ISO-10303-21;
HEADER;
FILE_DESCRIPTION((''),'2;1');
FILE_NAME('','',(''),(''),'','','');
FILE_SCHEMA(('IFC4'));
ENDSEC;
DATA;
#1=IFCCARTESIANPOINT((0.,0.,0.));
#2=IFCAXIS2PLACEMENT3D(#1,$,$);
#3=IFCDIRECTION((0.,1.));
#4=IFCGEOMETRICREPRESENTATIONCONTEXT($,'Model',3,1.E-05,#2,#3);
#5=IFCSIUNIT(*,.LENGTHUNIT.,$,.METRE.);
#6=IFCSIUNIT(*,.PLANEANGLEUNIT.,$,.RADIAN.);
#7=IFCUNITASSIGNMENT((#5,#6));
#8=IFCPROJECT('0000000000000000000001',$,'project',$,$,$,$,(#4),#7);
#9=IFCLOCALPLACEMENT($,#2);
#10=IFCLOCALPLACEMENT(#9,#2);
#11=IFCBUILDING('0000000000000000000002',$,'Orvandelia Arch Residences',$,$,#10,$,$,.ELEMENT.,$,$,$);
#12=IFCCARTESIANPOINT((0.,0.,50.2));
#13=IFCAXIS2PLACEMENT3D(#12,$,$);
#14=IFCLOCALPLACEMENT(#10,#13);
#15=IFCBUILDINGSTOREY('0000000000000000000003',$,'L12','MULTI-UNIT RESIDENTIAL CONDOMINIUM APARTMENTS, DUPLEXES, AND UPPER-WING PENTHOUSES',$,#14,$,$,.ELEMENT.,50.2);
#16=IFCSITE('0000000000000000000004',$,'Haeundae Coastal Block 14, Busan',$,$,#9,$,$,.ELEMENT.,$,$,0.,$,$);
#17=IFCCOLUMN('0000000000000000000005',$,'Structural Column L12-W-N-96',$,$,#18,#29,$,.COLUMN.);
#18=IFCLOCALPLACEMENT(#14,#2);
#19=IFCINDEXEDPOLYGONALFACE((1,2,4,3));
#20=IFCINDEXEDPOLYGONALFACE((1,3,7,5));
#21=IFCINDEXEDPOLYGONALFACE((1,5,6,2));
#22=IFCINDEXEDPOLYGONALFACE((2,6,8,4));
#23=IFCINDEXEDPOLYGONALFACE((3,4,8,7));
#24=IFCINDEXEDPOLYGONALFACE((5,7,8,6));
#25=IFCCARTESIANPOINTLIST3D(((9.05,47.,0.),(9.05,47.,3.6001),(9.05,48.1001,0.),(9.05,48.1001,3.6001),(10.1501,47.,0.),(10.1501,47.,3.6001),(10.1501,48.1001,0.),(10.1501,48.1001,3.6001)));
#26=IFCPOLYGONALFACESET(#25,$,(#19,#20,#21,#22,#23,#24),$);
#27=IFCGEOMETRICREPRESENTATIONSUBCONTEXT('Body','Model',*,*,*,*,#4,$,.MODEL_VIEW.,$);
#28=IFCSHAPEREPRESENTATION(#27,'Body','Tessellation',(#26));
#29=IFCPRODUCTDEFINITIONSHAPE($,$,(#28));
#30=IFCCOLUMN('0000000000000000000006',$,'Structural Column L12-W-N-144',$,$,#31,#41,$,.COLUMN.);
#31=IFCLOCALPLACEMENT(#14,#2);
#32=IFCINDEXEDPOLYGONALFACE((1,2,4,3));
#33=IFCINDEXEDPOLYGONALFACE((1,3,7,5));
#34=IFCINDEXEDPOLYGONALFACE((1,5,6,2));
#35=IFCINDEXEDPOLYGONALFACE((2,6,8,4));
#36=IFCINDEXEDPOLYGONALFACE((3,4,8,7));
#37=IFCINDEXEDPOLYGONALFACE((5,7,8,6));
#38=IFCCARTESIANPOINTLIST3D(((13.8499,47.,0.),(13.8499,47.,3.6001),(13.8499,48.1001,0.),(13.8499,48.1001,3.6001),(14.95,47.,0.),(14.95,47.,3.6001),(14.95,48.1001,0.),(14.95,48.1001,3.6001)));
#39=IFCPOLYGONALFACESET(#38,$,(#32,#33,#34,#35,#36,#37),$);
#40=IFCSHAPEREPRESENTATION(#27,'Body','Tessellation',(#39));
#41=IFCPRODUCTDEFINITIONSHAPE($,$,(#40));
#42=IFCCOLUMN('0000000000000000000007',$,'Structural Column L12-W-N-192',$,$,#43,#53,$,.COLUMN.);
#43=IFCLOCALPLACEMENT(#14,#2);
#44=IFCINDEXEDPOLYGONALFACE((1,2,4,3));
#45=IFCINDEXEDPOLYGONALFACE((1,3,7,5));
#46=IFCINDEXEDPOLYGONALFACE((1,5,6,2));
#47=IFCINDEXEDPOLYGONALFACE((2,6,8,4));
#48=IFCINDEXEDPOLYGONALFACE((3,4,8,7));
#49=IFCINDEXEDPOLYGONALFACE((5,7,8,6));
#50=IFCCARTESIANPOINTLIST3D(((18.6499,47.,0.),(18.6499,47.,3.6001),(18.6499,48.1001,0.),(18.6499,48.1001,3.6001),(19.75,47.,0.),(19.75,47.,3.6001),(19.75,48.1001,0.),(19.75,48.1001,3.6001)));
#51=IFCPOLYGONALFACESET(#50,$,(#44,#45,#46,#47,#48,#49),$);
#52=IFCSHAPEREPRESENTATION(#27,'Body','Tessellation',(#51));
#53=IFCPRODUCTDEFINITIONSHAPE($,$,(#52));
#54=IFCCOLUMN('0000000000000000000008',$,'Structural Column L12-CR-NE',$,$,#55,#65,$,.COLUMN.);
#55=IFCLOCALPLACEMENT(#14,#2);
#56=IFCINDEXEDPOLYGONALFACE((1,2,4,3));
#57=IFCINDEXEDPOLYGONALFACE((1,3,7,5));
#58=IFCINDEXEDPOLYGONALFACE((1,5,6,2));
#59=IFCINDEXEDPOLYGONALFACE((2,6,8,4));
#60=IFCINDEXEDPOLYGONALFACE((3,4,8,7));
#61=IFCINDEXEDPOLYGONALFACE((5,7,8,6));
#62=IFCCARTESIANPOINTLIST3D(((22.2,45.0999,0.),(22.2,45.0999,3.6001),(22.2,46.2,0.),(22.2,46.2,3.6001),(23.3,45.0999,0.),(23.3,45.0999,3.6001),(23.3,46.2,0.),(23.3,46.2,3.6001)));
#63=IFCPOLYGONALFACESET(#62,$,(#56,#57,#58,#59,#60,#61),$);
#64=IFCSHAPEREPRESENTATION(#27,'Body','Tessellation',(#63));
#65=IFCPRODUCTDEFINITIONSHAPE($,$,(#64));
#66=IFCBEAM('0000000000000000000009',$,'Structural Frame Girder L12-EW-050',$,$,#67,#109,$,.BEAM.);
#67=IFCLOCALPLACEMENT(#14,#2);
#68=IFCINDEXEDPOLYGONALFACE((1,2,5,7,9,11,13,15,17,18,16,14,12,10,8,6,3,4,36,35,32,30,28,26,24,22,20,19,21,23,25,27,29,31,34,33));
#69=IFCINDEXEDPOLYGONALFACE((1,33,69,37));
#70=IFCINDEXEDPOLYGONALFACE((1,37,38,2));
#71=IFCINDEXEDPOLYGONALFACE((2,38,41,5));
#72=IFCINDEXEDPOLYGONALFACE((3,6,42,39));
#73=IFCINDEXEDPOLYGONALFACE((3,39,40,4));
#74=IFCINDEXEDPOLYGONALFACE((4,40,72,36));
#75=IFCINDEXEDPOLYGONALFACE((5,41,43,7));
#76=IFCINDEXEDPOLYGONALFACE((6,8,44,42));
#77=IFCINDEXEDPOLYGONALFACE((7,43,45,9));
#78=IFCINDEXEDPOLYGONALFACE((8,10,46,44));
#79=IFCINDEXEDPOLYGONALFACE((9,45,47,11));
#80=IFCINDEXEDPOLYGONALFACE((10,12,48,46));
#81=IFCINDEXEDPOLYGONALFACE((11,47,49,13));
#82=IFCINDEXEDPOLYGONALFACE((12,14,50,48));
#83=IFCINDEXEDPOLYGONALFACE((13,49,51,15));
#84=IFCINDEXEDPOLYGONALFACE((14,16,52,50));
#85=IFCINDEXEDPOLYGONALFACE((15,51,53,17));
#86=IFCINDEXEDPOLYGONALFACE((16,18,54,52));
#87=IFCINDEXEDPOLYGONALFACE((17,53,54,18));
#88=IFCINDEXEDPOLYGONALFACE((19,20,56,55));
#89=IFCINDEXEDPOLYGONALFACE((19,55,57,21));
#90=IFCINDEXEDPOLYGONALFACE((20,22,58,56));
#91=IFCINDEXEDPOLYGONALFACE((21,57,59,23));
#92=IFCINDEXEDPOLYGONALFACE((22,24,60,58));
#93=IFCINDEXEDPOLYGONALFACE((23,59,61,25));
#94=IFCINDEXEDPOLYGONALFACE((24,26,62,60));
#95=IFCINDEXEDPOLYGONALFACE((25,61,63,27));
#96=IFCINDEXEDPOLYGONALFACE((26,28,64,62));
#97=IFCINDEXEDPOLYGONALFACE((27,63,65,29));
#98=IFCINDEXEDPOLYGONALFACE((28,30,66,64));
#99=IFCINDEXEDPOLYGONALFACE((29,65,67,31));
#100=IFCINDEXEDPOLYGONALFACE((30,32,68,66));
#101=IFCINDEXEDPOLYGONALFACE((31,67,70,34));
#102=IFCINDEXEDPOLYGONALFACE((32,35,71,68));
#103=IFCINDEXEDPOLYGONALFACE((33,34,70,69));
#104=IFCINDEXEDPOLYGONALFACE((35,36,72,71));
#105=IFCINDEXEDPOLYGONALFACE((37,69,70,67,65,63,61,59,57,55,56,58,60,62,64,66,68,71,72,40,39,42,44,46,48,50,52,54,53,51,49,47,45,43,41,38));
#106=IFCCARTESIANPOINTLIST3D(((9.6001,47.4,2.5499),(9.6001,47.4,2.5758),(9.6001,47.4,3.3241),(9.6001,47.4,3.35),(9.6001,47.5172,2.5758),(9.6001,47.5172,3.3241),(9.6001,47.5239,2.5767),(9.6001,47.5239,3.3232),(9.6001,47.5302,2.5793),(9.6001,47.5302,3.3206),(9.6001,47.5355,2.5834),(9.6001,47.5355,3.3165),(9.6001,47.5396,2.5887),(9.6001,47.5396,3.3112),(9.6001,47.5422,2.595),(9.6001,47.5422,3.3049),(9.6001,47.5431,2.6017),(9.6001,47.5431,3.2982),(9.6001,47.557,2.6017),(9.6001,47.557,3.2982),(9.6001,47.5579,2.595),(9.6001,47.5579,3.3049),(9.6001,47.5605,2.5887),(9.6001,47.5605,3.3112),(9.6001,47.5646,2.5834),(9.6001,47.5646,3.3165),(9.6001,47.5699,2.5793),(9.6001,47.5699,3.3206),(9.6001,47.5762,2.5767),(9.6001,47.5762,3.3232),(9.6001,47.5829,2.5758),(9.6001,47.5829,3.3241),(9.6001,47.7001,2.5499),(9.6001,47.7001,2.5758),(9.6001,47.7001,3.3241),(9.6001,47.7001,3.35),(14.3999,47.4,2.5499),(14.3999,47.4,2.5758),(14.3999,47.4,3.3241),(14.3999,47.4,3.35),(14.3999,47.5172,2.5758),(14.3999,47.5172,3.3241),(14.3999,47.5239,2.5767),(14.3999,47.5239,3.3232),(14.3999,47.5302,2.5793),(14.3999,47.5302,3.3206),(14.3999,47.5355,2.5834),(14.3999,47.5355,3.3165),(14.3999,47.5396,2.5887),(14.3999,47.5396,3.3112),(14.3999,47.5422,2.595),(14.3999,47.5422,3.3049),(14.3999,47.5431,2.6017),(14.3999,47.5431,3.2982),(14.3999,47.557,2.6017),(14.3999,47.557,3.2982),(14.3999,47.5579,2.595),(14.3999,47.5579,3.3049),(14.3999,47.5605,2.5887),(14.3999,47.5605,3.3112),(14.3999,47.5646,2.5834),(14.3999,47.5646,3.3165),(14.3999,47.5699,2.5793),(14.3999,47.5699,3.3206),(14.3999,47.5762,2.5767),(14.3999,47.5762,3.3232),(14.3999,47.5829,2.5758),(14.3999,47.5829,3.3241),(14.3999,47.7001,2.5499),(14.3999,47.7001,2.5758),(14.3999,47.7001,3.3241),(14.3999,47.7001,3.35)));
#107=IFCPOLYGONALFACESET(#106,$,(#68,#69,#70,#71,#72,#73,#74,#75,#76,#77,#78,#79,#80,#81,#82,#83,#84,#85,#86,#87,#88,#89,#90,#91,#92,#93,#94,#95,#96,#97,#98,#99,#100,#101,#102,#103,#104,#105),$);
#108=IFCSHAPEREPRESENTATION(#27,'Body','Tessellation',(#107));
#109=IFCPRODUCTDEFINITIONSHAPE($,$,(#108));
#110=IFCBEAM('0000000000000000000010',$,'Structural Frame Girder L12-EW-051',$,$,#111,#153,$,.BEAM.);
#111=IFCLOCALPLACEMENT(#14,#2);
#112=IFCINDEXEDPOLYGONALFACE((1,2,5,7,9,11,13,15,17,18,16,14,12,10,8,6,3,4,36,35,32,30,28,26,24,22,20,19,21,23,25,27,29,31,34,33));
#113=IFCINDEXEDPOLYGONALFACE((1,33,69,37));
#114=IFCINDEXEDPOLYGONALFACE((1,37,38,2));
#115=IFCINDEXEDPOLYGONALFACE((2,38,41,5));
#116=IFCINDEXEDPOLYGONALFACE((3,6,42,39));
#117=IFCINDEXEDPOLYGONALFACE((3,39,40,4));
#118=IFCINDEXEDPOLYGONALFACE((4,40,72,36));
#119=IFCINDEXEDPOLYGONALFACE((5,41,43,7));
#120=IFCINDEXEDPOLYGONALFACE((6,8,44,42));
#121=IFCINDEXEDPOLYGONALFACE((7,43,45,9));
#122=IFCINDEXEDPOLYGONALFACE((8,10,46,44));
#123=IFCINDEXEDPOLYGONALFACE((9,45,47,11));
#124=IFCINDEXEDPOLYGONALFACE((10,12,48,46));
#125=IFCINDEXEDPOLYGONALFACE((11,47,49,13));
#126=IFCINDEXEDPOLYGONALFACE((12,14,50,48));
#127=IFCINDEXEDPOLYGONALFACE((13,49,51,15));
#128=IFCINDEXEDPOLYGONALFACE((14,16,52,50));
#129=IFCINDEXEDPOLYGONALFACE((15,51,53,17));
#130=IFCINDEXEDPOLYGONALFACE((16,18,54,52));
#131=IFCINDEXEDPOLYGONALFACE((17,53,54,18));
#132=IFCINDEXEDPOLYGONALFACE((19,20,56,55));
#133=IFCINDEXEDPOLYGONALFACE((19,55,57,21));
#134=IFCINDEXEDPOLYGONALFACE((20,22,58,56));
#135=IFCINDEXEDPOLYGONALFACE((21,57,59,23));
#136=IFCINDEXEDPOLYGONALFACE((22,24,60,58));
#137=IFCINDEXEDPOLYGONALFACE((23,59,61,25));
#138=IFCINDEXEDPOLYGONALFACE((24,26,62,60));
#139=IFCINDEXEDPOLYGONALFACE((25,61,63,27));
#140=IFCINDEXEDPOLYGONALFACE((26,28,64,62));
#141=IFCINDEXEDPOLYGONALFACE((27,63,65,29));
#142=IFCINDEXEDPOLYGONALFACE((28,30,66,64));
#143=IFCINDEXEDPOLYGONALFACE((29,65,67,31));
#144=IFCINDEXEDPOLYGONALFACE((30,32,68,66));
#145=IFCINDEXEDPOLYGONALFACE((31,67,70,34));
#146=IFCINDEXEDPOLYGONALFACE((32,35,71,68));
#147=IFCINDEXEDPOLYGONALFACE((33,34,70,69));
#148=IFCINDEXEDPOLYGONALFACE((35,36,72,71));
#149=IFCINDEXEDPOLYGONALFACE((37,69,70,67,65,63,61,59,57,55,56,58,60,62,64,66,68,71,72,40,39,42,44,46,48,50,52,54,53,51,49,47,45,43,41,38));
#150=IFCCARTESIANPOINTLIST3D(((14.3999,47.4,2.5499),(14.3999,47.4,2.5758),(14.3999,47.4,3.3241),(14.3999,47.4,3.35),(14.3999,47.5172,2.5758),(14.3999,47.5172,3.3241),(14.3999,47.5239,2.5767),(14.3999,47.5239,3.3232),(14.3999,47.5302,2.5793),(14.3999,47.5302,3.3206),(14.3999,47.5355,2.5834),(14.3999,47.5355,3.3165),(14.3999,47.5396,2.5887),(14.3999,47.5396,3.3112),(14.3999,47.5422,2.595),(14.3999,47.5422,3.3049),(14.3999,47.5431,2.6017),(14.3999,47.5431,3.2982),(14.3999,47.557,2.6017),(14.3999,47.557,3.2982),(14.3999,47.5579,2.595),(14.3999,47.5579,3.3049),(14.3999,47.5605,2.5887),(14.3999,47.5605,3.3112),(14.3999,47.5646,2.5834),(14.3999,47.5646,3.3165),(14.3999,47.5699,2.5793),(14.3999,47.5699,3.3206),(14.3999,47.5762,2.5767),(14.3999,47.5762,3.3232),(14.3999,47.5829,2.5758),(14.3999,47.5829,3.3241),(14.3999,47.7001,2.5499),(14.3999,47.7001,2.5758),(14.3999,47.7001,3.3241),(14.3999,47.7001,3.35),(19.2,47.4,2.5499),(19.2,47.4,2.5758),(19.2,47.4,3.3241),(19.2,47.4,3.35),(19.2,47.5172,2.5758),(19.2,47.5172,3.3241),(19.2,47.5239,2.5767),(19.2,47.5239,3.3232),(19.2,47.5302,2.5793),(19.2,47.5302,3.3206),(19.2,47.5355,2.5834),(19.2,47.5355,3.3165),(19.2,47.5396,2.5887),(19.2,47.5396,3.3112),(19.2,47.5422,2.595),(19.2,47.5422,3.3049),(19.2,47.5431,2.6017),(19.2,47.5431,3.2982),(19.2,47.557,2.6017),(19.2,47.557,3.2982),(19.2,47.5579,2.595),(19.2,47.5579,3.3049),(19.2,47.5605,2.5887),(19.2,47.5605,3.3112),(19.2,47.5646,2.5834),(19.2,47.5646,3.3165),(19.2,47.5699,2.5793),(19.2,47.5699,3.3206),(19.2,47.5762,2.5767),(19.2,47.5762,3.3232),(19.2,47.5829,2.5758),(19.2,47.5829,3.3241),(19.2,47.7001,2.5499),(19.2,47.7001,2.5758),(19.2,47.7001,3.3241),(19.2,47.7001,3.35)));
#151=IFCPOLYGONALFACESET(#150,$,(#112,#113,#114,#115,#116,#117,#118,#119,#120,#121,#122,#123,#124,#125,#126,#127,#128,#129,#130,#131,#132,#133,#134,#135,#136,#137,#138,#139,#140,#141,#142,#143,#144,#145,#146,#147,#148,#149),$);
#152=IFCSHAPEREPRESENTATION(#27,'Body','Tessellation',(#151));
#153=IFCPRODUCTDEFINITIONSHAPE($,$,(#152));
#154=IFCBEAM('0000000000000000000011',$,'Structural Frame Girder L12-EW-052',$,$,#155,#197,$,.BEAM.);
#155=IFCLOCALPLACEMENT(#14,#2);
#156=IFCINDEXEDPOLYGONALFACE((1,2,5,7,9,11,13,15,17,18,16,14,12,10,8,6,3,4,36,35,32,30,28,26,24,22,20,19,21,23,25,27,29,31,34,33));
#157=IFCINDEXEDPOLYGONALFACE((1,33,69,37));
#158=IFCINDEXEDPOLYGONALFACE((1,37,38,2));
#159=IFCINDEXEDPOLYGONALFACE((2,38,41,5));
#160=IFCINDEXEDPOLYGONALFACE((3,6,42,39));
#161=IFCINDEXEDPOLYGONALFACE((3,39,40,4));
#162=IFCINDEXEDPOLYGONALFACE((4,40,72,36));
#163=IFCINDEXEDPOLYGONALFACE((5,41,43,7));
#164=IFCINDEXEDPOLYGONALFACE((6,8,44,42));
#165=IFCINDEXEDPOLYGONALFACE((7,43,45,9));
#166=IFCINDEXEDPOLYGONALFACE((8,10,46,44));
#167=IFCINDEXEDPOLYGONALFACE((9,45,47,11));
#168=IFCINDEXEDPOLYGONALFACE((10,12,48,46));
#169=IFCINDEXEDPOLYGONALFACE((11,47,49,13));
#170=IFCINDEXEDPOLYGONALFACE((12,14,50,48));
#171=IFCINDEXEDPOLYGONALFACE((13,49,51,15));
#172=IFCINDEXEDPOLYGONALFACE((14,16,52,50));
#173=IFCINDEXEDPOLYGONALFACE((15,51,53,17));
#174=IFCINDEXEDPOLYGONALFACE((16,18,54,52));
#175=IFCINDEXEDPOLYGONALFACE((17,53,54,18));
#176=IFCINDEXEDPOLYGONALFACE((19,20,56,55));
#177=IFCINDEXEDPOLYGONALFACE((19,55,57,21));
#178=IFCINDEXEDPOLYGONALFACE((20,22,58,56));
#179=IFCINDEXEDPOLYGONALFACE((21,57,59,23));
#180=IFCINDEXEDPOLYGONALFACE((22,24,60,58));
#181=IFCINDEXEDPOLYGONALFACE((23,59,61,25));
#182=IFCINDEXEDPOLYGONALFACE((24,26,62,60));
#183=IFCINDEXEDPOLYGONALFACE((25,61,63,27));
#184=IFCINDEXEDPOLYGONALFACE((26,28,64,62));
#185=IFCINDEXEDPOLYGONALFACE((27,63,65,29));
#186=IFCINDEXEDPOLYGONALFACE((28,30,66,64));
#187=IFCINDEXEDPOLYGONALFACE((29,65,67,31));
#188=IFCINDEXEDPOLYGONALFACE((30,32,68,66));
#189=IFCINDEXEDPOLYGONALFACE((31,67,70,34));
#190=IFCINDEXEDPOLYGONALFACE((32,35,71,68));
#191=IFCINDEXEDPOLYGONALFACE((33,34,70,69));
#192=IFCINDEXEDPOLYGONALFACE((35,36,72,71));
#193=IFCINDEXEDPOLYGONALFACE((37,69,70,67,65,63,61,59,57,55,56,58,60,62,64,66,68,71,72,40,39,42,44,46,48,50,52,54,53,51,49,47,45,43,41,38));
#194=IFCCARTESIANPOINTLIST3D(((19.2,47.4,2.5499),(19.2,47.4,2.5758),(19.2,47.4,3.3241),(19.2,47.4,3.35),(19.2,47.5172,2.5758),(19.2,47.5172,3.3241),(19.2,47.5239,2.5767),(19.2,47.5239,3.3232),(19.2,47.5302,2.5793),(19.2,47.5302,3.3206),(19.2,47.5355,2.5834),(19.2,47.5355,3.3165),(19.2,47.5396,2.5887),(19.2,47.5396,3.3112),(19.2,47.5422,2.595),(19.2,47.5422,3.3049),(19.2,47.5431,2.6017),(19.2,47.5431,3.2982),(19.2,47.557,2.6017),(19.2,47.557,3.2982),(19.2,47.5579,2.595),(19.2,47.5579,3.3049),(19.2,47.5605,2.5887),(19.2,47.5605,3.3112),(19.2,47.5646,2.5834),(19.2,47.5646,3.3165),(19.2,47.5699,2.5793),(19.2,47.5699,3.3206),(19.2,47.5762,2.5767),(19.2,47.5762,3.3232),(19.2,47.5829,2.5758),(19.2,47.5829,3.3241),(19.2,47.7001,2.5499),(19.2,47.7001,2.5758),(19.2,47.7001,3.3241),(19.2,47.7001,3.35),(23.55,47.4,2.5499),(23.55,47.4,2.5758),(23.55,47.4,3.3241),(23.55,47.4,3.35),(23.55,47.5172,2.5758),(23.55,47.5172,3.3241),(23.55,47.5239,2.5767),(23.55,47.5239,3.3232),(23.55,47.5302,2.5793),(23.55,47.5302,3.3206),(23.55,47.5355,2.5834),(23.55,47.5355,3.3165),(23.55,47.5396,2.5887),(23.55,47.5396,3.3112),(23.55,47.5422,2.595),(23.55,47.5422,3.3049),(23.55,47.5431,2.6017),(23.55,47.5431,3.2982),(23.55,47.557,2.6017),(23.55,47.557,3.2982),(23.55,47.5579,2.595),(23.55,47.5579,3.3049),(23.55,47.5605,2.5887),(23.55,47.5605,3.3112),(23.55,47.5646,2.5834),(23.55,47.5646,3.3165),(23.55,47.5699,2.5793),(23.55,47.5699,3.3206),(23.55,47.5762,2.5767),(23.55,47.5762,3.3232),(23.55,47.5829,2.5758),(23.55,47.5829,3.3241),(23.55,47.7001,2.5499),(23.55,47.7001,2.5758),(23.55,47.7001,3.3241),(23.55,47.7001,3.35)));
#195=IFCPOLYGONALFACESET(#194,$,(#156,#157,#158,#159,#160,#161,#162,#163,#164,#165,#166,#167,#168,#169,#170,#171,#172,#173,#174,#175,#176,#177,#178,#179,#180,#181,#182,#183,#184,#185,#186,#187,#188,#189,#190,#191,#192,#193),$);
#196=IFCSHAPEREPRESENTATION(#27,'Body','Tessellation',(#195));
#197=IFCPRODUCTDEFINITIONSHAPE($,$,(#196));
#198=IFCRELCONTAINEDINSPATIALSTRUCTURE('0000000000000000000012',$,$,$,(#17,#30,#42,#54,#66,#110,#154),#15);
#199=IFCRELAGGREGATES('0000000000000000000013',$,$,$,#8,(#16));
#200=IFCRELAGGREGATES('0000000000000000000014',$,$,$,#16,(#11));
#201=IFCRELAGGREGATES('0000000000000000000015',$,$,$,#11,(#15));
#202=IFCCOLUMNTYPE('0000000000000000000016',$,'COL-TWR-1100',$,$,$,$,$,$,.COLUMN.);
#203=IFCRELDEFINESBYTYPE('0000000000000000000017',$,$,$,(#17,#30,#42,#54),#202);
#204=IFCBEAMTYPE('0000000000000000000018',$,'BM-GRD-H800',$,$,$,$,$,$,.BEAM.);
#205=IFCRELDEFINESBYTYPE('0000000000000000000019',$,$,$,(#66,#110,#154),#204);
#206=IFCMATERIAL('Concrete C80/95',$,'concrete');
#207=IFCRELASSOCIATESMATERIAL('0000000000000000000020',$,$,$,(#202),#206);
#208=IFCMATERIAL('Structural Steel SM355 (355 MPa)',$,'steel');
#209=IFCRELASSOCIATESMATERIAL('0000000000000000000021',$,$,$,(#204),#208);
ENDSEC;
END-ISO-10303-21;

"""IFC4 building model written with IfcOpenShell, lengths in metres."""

from ifc_helpers import new_model, si_unit, direction, frame, origin, origin_2d, place, context, subcontext, project, spatial, rectangle, i_section, extrude, material, material_profile, profile_set, type_object, element, save


model = new_model("IFC4")

# Units and contexts
model_context = context("Model", 3, precision=1e-05, world=origin(), true_north=direction((0.0, 1.0)))
body_context = subcontext(model_context, "Body", "Model", "MODEL_VIEW")
ifc_project = project(units=[si_unit("LENGTHUNIT", "METRE"), si_unit("PLANEANGLEUNIT", "RADIAN")], contexts=[model_context])

# Site, building, storey
site_placement = place(None, origin())
site = spatial("IfcSite", under=ifc_project, at=site_placement, Name="Haeundae Coastal Block 14, Busan", CompositionType="ELEMENT", RefElevation=0.0)
building_placement = place(site_placement, origin())
building = spatial("IfcBuilding", under=site, at=building_placement, Name="Orvandelia Arch Residences", CompositionType="ELEMENT")
storey_placement = place(building_placement, frame((0.0, 0.0, 50.2)))
storey = spatial("IfcBuildingStorey", under=building, at=storey_placement, Name="L12", Description="MULTI-UNIT RESIDENTIAL CONDOMINIUM APARTMENTS, DUPLEXES, AND UPPER-WING PENTHOUSES", CompositionType="ELEMENT", Elevation=50.2)

# Columns
ifc_material_1 = material(Name="Concrete C80/95", Category="concrete")
ifc_material_profile_1 = material_profile(ifc_material_1, rectangle(XDim=1.1001, YDim=1.1001, at=origin_2d()), Name="Concrete C80/95", Category="concrete")
ifc_profile_set_1 = profile_set([ifc_material_profile_1], Name="Concrete C80/95")
column_type = type_object("IfcColumnType", Name="COL-TWR-1100", PredefinedType="COLUMN", material=ifc_profile_set_1)
for number, where, z_axis, x_axis, name in (
    (1, (9.6001, 47.55, 0.0), (0.0, 0.0, 1.0), (1.0, 0.0, 0.0), "Structural Column L12-W-N-96"),
    (2, (14.3999, 47.55, 0.0), (0.0, 0.0, 1.0), (1.0, 0.0, 0.0), "Structural Column L12-W-N-144"),
    (3, (19.2, 47.55, 0.0), (0.0, 0.0, 1.0), (1.0, 0.0, 0.0), "Structural Column L12-W-N-192"),
    (4, (22.75, 45.6499, 0.0), (0.0, 0.0, 1.0), (1.0, 0.0, 0.0), "Structural Column L12-CR-NE"),
):
    element("IfcColumn", number, at=place(storey_placement, frame(where, z_axis=z_axis, x_axis=x_axis)), inside=storey, type_object=column_type, Name=name, PredefinedType="COLUMN", context=body_context, shape_type="SweptSolid", body=[
        extrude(rectangle(XDim=1.1001, YDim=1.1001, at=origin_2d()), origin(), (0.0, 0.0, 1.0), 3.6001),
    ])

# Beams
ifc_material_2 = material(Name="Structural Steel SM355 (355 MPa)", Category="steel")
ifc_material_profile_2 = material_profile(ifc_material_2, i_section(OverallWidth=0.3, OverallDepth=0.8, WebThickness=0.0139, FlangeThickness=0.0259, FilletRadius=0.0259, at=origin_2d()), Name="Structural Steel SM355 (355 MPa)", Category="steel")
ifc_profile_set_2 = profile_set([ifc_material_profile_2], Name="Structural Steel SM355 (355 MPa)")
beam_type = type_object("IfcBeamType", Name="BM-GRD-H800", PredefinedType="BEAM", material=ifc_profile_set_2)
beam_1_placement = place(storey_placement, frame((9.6001, 47.55, 2.95), z_axis=(1.0, 0.0, 0.0), x_axis=(0.0, 1.0, 0.0)))
element("IfcBeam", 5, at=beam_1_placement, inside=storey, type_object=beam_type, Name="Structural Frame Girder L12-EW-050", PredefinedType="BEAM", context=body_context, shape_type="SweptSolid", body=[
    extrude(i_section(OverallWidth=0.3, OverallDepth=0.8, WebThickness=0.0139, FlangeThickness=0.0259, FilletRadius=0.0259, at=origin_2d()), origin(), (0.0, 0.0, 1.0), 4.7998),
])
beam_2_placement = place(storey_placement, frame((14.3999, 47.55, 2.95), z_axis=(1.0, 0.0, 0.0), x_axis=(0.0, 1.0, 0.0)))
element("IfcBeam", 6, at=beam_2_placement, inside=storey, type_object=beam_type, Name="Structural Frame Girder L12-EW-051", PredefinedType="BEAM", context=body_context, shape_type="SweptSolid", body=[
    extrude(i_section(OverallWidth=0.3, OverallDepth=0.8, WebThickness=0.0139, FlangeThickness=0.0259, FilletRadius=0.0259, at=origin_2d()), origin(), (0.0, 0.0, 1.0), 4.8),
])
beam_3_placement = place(storey_placement, frame((19.2, 47.55, 2.95), z_axis=(1.0, 0.0, 0.0), x_axis=(0.0, 1.0, 0.0)))
element("IfcBeam", 7, at=beam_3_placement, inside=storey, type_object=beam_type, Name="Structural Frame Girder L12-EW-052", PredefinedType="BEAM", context=body_context, shape_type="SweptSolid", body=[
    extrude(i_section(OverallWidth=0.3, OverallDepth=0.8, WebThickness=0.0139, FlangeThickness=0.0259, FilletRadius=0.0259, at=origin_2d()), origin(), (0.0, 0.0, 1.0), 4.3501),
])

save(model, "model.ifc")
